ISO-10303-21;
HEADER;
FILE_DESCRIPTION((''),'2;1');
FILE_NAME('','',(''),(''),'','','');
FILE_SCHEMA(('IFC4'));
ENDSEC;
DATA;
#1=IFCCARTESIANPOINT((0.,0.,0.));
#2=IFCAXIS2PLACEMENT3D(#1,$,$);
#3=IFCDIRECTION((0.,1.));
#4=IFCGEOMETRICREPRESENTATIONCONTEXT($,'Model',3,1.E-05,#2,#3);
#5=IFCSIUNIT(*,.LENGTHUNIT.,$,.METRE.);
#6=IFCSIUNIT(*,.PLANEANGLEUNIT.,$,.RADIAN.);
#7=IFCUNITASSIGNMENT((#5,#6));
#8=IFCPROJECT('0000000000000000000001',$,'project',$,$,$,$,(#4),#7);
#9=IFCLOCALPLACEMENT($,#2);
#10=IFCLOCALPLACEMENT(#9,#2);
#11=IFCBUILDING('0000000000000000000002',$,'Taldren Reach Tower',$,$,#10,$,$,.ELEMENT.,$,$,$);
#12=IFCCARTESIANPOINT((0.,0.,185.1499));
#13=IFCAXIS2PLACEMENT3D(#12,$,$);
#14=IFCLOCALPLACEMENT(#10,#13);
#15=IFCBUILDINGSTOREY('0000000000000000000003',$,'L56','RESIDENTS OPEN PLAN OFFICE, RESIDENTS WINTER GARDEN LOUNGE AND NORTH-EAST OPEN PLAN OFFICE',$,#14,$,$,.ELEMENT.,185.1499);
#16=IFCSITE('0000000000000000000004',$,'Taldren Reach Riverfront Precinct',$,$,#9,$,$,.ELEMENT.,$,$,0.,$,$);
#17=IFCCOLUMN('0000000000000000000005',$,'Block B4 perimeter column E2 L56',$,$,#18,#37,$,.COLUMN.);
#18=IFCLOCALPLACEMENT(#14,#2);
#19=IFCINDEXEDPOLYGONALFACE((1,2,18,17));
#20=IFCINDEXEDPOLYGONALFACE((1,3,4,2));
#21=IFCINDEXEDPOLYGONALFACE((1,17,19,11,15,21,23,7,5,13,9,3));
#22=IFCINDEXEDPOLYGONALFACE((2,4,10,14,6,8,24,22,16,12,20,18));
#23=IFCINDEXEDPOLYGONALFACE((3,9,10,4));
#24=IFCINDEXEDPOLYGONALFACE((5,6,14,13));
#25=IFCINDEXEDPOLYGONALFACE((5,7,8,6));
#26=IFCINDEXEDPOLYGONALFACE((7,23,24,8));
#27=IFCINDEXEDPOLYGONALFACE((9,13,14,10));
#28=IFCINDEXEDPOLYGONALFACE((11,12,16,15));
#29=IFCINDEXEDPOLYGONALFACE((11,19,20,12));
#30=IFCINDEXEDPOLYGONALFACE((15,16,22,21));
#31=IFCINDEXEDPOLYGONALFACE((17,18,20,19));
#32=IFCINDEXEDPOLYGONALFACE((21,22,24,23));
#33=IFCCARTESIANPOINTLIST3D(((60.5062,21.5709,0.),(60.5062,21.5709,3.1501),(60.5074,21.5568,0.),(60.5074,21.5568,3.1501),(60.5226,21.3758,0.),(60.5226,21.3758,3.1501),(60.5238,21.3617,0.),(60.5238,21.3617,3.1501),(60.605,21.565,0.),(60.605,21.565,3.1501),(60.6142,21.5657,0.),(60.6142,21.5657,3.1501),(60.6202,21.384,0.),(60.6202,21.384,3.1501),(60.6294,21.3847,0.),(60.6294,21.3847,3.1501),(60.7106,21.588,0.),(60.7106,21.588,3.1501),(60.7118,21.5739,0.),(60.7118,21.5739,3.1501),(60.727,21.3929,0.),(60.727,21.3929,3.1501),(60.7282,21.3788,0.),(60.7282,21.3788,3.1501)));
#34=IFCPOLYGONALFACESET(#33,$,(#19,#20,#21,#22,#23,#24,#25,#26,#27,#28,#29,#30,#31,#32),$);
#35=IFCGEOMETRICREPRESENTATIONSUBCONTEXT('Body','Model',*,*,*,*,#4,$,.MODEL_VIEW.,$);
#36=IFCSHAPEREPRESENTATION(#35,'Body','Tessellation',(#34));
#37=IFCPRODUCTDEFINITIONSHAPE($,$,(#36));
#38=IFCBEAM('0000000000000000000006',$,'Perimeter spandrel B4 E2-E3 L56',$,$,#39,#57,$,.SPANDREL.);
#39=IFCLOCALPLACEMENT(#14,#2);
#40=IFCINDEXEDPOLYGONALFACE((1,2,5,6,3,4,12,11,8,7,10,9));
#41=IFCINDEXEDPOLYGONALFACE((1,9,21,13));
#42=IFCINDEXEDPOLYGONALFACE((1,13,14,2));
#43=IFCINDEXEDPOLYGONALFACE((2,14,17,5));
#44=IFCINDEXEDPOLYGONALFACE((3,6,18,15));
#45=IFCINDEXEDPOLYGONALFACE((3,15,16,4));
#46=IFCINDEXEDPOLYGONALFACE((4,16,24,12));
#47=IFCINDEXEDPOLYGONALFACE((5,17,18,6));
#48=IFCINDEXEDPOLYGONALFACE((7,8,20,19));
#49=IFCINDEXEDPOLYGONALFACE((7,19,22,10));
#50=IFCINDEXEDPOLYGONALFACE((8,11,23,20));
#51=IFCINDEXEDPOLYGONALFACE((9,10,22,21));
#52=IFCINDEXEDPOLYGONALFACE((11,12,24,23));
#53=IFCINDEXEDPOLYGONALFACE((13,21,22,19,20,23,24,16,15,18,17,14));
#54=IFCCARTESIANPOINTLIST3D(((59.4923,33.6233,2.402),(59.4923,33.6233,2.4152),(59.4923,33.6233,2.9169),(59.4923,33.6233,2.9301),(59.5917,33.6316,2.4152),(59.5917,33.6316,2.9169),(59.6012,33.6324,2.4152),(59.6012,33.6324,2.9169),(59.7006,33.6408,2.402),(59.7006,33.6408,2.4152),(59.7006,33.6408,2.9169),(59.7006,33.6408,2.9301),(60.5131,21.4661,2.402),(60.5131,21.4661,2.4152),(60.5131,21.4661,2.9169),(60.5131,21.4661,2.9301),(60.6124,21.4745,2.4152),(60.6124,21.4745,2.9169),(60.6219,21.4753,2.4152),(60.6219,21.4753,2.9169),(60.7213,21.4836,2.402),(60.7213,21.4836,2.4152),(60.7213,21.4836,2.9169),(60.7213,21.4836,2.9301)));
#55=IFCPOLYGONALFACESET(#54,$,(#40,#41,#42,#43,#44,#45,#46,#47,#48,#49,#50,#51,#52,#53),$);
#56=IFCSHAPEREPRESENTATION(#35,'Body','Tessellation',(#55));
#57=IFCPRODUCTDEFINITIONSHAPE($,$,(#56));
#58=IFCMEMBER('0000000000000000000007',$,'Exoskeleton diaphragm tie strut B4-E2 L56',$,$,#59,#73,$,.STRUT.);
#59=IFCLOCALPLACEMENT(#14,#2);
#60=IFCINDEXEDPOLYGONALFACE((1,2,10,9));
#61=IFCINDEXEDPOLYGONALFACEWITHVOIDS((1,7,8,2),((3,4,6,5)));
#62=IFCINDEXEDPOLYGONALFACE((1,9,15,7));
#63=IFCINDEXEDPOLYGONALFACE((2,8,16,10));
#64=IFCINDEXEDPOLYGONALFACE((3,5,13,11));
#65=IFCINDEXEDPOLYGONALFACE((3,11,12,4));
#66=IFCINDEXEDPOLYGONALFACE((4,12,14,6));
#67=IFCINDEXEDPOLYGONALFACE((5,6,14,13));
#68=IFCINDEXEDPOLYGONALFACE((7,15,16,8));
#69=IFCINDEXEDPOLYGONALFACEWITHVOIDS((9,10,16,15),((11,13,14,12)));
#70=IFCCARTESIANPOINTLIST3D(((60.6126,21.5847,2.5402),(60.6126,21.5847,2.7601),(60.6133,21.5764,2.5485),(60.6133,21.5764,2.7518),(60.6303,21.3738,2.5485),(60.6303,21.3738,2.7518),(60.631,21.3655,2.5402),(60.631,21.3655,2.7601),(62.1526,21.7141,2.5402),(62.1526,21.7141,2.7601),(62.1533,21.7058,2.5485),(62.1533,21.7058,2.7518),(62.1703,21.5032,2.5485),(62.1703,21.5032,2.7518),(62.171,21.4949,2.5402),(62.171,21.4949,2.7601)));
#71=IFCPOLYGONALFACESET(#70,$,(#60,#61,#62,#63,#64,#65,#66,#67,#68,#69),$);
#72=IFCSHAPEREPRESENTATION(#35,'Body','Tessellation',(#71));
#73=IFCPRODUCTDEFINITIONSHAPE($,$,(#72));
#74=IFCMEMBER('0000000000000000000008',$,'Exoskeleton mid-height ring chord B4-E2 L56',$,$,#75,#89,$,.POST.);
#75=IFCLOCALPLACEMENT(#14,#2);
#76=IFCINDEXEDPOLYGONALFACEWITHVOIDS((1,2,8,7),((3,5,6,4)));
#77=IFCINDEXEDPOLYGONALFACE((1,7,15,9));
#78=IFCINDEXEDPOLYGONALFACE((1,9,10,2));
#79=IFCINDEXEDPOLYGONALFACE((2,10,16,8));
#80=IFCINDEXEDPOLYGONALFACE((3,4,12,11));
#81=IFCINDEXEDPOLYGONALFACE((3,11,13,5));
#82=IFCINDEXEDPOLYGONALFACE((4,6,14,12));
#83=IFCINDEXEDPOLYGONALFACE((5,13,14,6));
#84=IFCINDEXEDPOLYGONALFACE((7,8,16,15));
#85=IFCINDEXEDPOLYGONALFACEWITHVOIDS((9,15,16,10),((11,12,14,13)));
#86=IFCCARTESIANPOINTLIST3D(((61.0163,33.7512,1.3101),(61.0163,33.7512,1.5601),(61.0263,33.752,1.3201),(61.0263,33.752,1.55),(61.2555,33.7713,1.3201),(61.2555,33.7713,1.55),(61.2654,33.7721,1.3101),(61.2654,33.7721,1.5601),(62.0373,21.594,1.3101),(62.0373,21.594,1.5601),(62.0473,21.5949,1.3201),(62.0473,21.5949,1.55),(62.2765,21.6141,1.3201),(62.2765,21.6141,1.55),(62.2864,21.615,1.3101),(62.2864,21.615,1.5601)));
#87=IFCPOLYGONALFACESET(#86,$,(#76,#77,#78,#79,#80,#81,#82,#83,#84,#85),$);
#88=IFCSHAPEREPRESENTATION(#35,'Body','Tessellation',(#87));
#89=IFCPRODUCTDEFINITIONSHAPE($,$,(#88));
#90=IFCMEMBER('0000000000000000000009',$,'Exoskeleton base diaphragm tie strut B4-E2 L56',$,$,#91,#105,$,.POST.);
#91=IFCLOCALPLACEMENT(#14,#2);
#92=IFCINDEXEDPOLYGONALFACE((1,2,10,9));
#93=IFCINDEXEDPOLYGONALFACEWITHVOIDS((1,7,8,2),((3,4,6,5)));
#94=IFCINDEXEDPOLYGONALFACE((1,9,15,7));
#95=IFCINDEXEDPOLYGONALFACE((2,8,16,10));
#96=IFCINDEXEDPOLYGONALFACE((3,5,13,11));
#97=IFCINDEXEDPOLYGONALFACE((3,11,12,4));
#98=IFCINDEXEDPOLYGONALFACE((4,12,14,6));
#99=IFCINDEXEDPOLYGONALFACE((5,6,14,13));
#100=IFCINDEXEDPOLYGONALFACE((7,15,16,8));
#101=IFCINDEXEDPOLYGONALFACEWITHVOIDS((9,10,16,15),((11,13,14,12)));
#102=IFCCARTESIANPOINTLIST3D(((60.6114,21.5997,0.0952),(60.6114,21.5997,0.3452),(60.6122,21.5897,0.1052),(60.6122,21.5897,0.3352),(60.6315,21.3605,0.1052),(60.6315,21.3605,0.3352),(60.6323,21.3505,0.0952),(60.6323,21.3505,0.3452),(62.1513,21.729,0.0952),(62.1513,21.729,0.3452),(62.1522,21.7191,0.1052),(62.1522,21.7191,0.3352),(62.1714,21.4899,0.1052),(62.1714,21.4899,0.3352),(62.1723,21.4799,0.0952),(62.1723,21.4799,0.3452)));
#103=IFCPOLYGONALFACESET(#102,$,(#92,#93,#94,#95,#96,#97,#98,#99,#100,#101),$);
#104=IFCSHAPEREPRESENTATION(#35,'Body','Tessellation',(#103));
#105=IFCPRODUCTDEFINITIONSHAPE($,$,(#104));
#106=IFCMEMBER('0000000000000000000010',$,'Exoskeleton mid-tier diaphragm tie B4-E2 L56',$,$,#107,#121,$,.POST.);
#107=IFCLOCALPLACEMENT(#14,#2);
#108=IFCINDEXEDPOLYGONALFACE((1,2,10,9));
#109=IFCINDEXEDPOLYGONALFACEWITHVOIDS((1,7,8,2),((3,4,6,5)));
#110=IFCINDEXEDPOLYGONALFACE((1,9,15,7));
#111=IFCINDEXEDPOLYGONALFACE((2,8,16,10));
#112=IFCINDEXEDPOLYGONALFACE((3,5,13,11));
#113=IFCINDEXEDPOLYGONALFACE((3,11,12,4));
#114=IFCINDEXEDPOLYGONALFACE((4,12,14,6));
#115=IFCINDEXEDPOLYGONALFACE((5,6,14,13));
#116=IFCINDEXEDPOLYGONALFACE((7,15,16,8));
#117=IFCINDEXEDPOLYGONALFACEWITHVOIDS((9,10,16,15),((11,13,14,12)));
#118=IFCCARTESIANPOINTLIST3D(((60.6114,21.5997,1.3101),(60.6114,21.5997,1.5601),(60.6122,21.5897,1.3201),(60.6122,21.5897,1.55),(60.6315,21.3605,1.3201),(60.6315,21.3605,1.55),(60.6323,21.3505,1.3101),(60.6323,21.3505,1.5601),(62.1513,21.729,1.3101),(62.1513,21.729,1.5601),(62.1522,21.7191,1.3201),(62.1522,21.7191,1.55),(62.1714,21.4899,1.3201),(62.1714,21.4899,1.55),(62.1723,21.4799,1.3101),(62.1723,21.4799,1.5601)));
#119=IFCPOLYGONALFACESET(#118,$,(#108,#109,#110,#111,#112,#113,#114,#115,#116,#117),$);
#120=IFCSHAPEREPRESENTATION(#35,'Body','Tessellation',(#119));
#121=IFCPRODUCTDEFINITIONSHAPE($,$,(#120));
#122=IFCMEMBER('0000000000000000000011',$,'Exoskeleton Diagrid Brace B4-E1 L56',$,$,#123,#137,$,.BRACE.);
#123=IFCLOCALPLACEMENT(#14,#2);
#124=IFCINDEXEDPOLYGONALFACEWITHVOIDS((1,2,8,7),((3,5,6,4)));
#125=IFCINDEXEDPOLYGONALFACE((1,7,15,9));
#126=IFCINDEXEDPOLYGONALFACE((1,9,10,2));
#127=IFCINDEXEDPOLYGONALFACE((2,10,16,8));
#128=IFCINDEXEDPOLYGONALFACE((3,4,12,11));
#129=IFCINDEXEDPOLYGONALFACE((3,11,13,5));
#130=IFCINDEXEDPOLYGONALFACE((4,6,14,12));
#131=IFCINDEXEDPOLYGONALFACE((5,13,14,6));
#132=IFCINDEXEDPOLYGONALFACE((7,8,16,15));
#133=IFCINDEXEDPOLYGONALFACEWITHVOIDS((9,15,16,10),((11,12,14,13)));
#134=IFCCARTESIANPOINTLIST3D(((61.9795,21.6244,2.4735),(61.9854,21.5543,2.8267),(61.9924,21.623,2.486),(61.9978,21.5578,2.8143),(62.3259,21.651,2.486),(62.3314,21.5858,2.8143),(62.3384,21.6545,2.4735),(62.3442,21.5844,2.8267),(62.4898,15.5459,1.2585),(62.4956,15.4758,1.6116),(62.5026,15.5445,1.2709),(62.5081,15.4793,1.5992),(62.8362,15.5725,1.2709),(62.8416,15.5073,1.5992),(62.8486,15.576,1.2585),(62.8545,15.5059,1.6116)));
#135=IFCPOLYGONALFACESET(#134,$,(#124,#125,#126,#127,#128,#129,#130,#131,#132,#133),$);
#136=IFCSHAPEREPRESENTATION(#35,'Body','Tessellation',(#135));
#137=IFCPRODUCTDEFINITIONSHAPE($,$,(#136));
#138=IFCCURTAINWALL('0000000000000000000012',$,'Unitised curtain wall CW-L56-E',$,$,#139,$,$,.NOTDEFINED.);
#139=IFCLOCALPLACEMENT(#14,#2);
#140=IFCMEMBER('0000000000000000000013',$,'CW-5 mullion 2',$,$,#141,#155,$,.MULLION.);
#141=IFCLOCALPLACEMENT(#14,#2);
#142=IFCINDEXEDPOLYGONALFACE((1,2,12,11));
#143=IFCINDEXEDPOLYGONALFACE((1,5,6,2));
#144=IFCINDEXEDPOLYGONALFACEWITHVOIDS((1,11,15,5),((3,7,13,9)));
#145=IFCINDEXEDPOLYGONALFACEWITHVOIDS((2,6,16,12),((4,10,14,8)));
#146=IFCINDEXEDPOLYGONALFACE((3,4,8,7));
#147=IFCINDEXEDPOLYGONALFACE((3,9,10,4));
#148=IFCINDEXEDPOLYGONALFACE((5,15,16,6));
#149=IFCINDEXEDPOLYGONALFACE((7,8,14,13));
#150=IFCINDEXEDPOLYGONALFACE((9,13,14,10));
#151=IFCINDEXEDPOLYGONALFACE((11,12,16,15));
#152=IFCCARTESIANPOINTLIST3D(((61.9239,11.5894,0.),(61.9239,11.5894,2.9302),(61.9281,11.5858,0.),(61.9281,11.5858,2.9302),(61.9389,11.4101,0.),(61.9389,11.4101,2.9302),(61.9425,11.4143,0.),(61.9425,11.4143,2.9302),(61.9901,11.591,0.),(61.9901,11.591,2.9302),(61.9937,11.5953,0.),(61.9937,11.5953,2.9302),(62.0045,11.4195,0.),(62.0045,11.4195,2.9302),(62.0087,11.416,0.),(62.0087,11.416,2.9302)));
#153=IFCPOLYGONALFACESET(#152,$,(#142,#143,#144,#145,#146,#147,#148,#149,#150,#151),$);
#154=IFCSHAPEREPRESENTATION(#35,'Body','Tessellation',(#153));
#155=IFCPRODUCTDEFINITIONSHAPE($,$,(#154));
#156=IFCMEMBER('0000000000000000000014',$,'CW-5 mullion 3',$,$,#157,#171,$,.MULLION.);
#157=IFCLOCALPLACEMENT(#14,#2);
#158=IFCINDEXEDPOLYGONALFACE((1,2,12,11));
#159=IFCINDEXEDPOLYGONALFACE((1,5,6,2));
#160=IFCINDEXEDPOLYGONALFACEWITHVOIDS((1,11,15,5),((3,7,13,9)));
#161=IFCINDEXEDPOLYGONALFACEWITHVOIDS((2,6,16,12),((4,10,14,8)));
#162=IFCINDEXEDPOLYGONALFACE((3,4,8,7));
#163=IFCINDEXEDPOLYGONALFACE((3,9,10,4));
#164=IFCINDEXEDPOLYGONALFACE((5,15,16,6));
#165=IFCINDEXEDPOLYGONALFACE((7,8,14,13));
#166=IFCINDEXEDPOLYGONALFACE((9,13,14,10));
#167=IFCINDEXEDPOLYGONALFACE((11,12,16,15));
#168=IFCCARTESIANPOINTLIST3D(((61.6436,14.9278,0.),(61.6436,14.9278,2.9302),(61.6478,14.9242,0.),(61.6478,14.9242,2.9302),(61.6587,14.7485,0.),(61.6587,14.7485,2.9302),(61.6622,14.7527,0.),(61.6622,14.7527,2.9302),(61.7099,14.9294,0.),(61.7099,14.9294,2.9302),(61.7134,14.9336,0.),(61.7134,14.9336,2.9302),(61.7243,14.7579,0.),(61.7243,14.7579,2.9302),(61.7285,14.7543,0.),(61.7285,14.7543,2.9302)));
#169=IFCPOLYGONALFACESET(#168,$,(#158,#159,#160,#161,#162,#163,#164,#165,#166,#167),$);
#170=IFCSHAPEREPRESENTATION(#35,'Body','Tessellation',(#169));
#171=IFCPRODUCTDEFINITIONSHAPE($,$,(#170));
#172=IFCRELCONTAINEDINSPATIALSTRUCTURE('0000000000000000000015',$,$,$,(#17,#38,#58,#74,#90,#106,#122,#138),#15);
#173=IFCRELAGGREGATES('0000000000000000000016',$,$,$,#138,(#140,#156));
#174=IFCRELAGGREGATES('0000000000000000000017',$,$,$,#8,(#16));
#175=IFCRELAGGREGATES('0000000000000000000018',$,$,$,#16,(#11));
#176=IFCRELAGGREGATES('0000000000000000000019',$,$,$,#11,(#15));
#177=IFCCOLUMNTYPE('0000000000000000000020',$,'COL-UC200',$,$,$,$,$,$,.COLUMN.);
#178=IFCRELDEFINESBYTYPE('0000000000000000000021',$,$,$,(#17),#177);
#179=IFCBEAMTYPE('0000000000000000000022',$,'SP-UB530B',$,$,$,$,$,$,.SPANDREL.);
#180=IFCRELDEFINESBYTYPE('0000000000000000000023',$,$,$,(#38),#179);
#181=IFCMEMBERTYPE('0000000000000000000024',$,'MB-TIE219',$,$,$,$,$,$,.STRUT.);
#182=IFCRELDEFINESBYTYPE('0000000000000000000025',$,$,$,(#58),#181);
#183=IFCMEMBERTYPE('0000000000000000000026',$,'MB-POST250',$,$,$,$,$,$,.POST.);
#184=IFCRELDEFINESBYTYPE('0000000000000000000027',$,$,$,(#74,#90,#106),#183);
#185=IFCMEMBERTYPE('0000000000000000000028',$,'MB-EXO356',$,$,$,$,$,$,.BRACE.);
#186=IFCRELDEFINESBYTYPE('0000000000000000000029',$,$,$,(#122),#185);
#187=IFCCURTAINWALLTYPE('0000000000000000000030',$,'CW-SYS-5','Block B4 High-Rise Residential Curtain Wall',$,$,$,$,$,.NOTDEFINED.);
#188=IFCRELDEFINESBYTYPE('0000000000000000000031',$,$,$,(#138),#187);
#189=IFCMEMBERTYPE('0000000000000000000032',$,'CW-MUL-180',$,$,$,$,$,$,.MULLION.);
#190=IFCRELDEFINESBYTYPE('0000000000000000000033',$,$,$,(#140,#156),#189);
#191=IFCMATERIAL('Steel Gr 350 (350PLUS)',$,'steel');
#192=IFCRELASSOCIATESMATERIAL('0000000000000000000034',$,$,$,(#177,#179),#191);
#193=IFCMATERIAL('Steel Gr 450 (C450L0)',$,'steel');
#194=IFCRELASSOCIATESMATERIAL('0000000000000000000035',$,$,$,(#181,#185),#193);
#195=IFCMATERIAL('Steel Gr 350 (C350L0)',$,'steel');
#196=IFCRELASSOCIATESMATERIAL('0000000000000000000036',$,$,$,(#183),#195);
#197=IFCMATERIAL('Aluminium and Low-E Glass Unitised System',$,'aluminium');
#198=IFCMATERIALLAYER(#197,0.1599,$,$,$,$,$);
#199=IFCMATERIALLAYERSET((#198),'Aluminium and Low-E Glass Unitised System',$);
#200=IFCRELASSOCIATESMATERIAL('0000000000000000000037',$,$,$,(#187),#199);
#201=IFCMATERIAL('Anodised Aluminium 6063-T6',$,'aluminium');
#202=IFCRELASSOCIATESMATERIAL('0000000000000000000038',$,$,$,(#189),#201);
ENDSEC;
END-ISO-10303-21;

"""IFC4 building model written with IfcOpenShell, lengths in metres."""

from ifc_helpers import new_model, si_unit, direction, frame, origin, origin_2d, place, context, subcontext, project, spatial, hollow_rectangle, i_section, extrude, source, transform, mapped, material, layer, layer_set, material_profile, profile_set, type_object, element, aggregate, save


model = new_model("IFC4")

# Units and contexts
model_context = context("Model", 3, precision=1e-05, world=origin(), true_north=direction((0.0, 1.0)))
body_context = subcontext(model_context, "Body", "Model", "MODEL_VIEW")
ifc_project = project(units=[si_unit("LENGTHUNIT", "METRE"), si_unit("PLANEANGLEUNIT", "RADIAN")], contexts=[model_context])

# Site, building, storey
site_placement = place(None, origin())
site = spatial("IfcSite", under=ifc_project, at=site_placement, Name="Taldren Reach Riverfront Precinct", CompositionType="ELEMENT", RefElevation=0.0)
building_placement = place(site_placement, origin())
building = spatial("IfcBuilding", under=site, at=building_placement, Name="Taldren Reach Tower", CompositionType="ELEMENT")
storey_placement = place(building_placement, frame((0.0, 0.0, 185.1499)))
storey = spatial("IfcBuildingStorey", under=building, at=storey_placement, Name="L56", Description="RESIDENTS OPEN PLAN OFFICE, RESIDENTS WINTER GARDEN LOUNGE AND NORTH-EAST OPEN PLAN OFFICE", CompositionType="ELEMENT", Elevation=185.1499)

# Column
ifc_material_1 = material(Name="Steel Gr 350 (350PLUS)", Category="steel")
ifc_material_profile_1 = material_profile(ifc_material_1, i_section(OverallWidth=0.2051, OverallDepth=0.21, WebThickness=0.0093, FlangeThickness=0.0142, at=origin_2d()), Name="200UC59.5")
ifc_profile_set_1 = profile_set([ifc_material_profile_1], Name="Steel Gr 350 (350PLUS)")
column_type = type_object("IfcColumnType", Name="COL-UC200", PredefinedType="COLUMN", material=ifc_profile_set_1)
shared_shape_1 = source(origin(), body_context, "Body", "SweptSolid", [
    extrude(i_section(OverallWidth=0.2051, OverallDepth=0.21, WebThickness=0.0093, FlangeThickness=0.0142, at=origin_2d()), origin(), (0.0, 0.0, 1.0), 3.1501),
])
column_placement = place(storey_placement, frame((60.6172, 21.4749, 0.0), z_axis=(0.0, 0.0, 1.0), x_axis=(0.996493, 0.083678, 0.0)))
element("IfcColumn", 1, at=column_placement, inside=storey, type_object=column_type, Name="Block B4 perimeter column E2 L56", PredefinedType="COLUMN", context=body_context, shape_type="MappedRepresentation", body=[
    mapped(shared_shape_1, transform((0.0, 0.0, 0.0), scale=1.0)),
])

# Beam
ifc_material_profile_2 = material_profile(ifc_material_1, i_section(OverallWidth=0.209, OverallDepth=0.5281, WebThickness=0.0095, FlangeThickness=0.0132, at=origin_2d()), Name="530UB82.0")
ifc_profile_set_2 = profile_set([ifc_material_profile_2], Name="Steel Gr 350 (350PLUS)")
beam_type = type_object("IfcBeamType", Name="SP-UB530B", PredefinedType="SPANDREL", material=ifc_profile_set_2)
shared_shape_2 = source(origin(), body_context, "Body", "SweptSolid", [
    extrude(i_section(OverallWidth=0.209, OverallDepth=0.5281, WebThickness=0.0095, FlangeThickness=0.0132, at=origin_2d()), origin(), (0.0, 0.0, 1.0), 12.2),
])
beam_placement = place(storey_placement, frame((60.6172, 21.4749, 2.666), z_axis=(-0.083668, 0.996494, 0.0), x_axis=(-0.996494, -0.083668, 0.0)))
element("IfcBeam", 2, at=beam_placement, inside=storey, type_object=beam_type, Name="Perimeter spandrel B4 E2-E3 L56", PredefinedType="SPANDREL", context=body_context, shape_type="MappedRepresentation", body=[
    mapped(shared_shape_2, transform((0.0, 0.0, 0.0), scale=1.0)),
])

# Members
ifc_material_2 = material(Name="Steel Gr 450 (C450L0)", Category="steel")
ifc_material_profile_3 = material_profile(ifc_material_2, hollow_rectangle(XDim=0.22, YDim=0.22, WallThickness=0.0083, at=origin_2d()), Name="220x220x8.2SHS")
ifc_profile_set_3 = profile_set([ifc_material_profile_3], Name="Steel Gr 450 (C450L0)")
member_type_1 = type_object("IfcMemberType", Name="MB-TIE219", PredefinedType="STRUT", material=ifc_profile_set_3)
shared_shape_3 = source(origin(), body_context, "Body", "SweptSolid", [
    extrude(hollow_rectangle(XDim=0.22, YDim=0.22, WallThickness=0.0083, at=origin_2d()), origin(), (0.0, 0.0, 1.0), 1.5454),
])
member_1_placement = place(storey_placement, frame((60.6218, 21.4751, 2.6501), z_axis=(0.996489, 0.083725, 0.0), x_axis=(-0.083725, 0.996489, 0.0)))
element("IfcMember", 3, at=member_1_placement, inside=storey, type_object=member_type_1, Name="Exoskeleton diaphragm tie strut B4-E2 L56", PredefinedType="STRUT", context=body_context, shape_type="MappedRepresentation", body=[
    mapped(shared_shape_3, transform((0.0, 0.0, 0.0), scale=1.0)),
])
ifc_material_3 = material(Name="Steel Gr 350 (C350L0)", Category="steel")
ifc_material_profile_4 = material_profile(ifc_material_3, hollow_rectangle(XDim=0.25, YDim=0.25, WallThickness=0.01, at=origin_2d()), Name="250x250x10.0SHS")
ifc_profile_set_4 = profile_set([ifc_material_profile_4], Name="Steel Gr 350 (C350L0)")
member_type_2 = type_object("IfcMemberType", Name="MB-POST250", PredefinedType="POST", material=ifc_profile_set_4)
shared_shape_4 = source(origin(), body_context, "Body", "SweptSolid", [
    extrude(hollow_rectangle(XDim=0.25, YDim=0.25, WallThickness=0.01, at=origin_2d()), origin(), (0.0, 0.0, 1.0), 12.2),
])
member_2_placement = place(storey_placement, frame((62.1619, 21.6045, 1.4351), z_axis=(-0.083688, 0.996492, 0.0), x_axis=(-0.996492, -0.083688, 0.0)))
element("IfcMember", 4, at=member_2_placement, inside=storey, type_object=member_type_2, Name="Exoskeleton mid-height ring chord B4-E2 L56", PredefinedType="POST", context=body_context, shape_type="MappedRepresentation", body=[
    mapped(shared_shape_4, transform((0.0, 0.0, 0.0), scale=1.0)),
])
shared_shape_5 = source(origin(), body_context, "Body", "SweptSolid", [
    extrude(hollow_rectangle(XDim=0.25, YDim=0.25, WallThickness=0.01, at=origin_2d()), origin(), (0.0, 0.0, 1.0), 1.5454),
])
for number, where, z_axis, x_axis, name in (
    (5, (60.6218, 21.4751, 0.2202), (0.996489, 0.083725, 0.0), (-0.083725, 0.996489, 0.0), "Exoskeleton base diaphragm tie strut B4-E2 L56"),
    (6, (60.6218, 21.4751, 1.4351), (0.996489, 0.083725, 0.0), (-0.083725, 0.996489, 0.0), "Exoskeleton mid-tier diaphragm tie B4-E2 L56"),
):
    element("IfcMember", number, at=place(storey_placement, frame(where, z_axis=z_axis, x_axis=x_axis)), inside=storey, type_object=member_type_2, Name=name, PredefinedType="POST", context=body_context, shape_type="MappedRepresentation", body=[
        mapped(shared_shape_5, transform((0.0, 0.0, 0.0), scale=1.0)),
    ])
ifc_material_profile_5 = material_profile(ifc_material_2, hollow_rectangle(XDim=0.3601, YDim=0.3601, WallThickness=0.0127, at=origin_2d()), Name="360x360x12.7SHS")
ifc_profile_set_5 = profile_set([ifc_material_profile_5], Name="Steel Gr 450 (C450L0)")
member_type_3 = type_object("IfcMemberType", Name="MB-EXO356", PredefinedType="BRACE", material=ifc_profile_set_5)
shared_shape_6 = source(origin(), body_context, "Body", "SweptSolid", [
    extrude(hollow_rectangle(XDim=0.3601, YDim=0.3601, WallThickness=0.0127, at=origin_2d()), origin(), (0.0, 0.0, 1.0), 6.2197),
])
member_3_placement = place(storey_placement, frame((62.6721, 15.5259, 1.4351), z_axis=(-0.082037, 0.977295, 0.195357), x_axis=(-0.996495, -0.083648, 0.0)))
element("IfcMember", 7, at=member_3_placement, inside=storey, type_object=member_type_3, Name="Exoskeleton Diagrid Brace B4-E1 L56", PredefinedType="BRACE", context=body_context, shape_type="MappedRepresentation", body=[
    mapped(shared_shape_6, transform((0.0, 0.0, 0.0), scale=1.0)),
])

# Curtain wall, members
ifc_material_4 = material(Name="Aluminium and Low-E Glass Unitised System", Category="aluminium")
ifc_layer_1 = layer(ifc_material_4, 0.1599)
ifc_layer_set_1 = layer_set([ifc_layer_1], Name="Aluminium and Low-E Glass Unitised System")
curtain_wall_type = type_object("IfcCurtainWallType", Name="CW-SYS-5", Description="Block B4 High-Rise Residential Curtain Wall", PredefinedType="NOTDEFINED", material=ifc_layer_set_1)
curtain_wall_placement = place(storey_placement, origin())
curtain_wall = element("IfcCurtainWall", 8, at=curtain_wall_placement, inside=storey, type_object=curtain_wall_type, Name="Unitised curtain wall CW-L56-E", PredefinedType="NOTDEFINED")
ifc_material_5 = material(Name="Anodised Aluminium 6063-T6", Category="aluminium")
ifc_material_profile_6 = material_profile(ifc_material_5, hollow_rectangle(XDim=0.0701, YDim=0.1799, WallThickness=0.0039, at=origin_2d()), Name="ALU-180x70x4RHS")
ifc_profile_set_6 = profile_set([ifc_material_profile_6], Name="Anodised Aluminium 6063-T6")
member_type_4 = type_object("IfcMemberType", Name="CW-MUL-180", PredefinedType="MULLION", material=ifc_profile_set_6)
shared_shape_7 = source(origin(), body_context, "Body", "SweptSolid", [
    extrude(hollow_rectangle(XDim=0.0701, YDim=0.1799, WallThickness=0.0039, at=origin_2d()), origin(), (0.0, 0.0, 1.0), 2.9302),
])
member_4_placement = place(storey_placement, frame((61.9663, 11.5027, 0.0), z_axis=(0.0, 0.0, 1.0), x_axis=(-0.996493, -0.083678, 0.0)))
member_4 = element("IfcMember", 9, at=member_4_placement, type_object=member_type_4, Name="CW-5 mullion 2", PredefinedType="MULLION", context=body_context, shape_type="MappedRepresentation", body=[
    mapped(shared_shape_7, transform((0.0, 0.0, 0.0), scale=1.0)),
])
member_5_placement = place(storey_placement, frame((61.686, 14.8411, 0.0), z_axis=(0.0, 0.0, 1.0), x_axis=(-0.996493, -0.083678, 0.0)))
member_5 = element("IfcMember", 10, at=member_5_placement, type_object=member_type_4, Name="CW-5 mullion 3", PredefinedType="MULLION", context=body_context, shape_type="MappedRepresentation", body=[
    mapped(shared_shape_7, transform((0.0, 0.0, 0.0), scale=1.0)),
])

aggregate(curtain_wall, [member_4, member_5])

save(model, "model.ifc")
